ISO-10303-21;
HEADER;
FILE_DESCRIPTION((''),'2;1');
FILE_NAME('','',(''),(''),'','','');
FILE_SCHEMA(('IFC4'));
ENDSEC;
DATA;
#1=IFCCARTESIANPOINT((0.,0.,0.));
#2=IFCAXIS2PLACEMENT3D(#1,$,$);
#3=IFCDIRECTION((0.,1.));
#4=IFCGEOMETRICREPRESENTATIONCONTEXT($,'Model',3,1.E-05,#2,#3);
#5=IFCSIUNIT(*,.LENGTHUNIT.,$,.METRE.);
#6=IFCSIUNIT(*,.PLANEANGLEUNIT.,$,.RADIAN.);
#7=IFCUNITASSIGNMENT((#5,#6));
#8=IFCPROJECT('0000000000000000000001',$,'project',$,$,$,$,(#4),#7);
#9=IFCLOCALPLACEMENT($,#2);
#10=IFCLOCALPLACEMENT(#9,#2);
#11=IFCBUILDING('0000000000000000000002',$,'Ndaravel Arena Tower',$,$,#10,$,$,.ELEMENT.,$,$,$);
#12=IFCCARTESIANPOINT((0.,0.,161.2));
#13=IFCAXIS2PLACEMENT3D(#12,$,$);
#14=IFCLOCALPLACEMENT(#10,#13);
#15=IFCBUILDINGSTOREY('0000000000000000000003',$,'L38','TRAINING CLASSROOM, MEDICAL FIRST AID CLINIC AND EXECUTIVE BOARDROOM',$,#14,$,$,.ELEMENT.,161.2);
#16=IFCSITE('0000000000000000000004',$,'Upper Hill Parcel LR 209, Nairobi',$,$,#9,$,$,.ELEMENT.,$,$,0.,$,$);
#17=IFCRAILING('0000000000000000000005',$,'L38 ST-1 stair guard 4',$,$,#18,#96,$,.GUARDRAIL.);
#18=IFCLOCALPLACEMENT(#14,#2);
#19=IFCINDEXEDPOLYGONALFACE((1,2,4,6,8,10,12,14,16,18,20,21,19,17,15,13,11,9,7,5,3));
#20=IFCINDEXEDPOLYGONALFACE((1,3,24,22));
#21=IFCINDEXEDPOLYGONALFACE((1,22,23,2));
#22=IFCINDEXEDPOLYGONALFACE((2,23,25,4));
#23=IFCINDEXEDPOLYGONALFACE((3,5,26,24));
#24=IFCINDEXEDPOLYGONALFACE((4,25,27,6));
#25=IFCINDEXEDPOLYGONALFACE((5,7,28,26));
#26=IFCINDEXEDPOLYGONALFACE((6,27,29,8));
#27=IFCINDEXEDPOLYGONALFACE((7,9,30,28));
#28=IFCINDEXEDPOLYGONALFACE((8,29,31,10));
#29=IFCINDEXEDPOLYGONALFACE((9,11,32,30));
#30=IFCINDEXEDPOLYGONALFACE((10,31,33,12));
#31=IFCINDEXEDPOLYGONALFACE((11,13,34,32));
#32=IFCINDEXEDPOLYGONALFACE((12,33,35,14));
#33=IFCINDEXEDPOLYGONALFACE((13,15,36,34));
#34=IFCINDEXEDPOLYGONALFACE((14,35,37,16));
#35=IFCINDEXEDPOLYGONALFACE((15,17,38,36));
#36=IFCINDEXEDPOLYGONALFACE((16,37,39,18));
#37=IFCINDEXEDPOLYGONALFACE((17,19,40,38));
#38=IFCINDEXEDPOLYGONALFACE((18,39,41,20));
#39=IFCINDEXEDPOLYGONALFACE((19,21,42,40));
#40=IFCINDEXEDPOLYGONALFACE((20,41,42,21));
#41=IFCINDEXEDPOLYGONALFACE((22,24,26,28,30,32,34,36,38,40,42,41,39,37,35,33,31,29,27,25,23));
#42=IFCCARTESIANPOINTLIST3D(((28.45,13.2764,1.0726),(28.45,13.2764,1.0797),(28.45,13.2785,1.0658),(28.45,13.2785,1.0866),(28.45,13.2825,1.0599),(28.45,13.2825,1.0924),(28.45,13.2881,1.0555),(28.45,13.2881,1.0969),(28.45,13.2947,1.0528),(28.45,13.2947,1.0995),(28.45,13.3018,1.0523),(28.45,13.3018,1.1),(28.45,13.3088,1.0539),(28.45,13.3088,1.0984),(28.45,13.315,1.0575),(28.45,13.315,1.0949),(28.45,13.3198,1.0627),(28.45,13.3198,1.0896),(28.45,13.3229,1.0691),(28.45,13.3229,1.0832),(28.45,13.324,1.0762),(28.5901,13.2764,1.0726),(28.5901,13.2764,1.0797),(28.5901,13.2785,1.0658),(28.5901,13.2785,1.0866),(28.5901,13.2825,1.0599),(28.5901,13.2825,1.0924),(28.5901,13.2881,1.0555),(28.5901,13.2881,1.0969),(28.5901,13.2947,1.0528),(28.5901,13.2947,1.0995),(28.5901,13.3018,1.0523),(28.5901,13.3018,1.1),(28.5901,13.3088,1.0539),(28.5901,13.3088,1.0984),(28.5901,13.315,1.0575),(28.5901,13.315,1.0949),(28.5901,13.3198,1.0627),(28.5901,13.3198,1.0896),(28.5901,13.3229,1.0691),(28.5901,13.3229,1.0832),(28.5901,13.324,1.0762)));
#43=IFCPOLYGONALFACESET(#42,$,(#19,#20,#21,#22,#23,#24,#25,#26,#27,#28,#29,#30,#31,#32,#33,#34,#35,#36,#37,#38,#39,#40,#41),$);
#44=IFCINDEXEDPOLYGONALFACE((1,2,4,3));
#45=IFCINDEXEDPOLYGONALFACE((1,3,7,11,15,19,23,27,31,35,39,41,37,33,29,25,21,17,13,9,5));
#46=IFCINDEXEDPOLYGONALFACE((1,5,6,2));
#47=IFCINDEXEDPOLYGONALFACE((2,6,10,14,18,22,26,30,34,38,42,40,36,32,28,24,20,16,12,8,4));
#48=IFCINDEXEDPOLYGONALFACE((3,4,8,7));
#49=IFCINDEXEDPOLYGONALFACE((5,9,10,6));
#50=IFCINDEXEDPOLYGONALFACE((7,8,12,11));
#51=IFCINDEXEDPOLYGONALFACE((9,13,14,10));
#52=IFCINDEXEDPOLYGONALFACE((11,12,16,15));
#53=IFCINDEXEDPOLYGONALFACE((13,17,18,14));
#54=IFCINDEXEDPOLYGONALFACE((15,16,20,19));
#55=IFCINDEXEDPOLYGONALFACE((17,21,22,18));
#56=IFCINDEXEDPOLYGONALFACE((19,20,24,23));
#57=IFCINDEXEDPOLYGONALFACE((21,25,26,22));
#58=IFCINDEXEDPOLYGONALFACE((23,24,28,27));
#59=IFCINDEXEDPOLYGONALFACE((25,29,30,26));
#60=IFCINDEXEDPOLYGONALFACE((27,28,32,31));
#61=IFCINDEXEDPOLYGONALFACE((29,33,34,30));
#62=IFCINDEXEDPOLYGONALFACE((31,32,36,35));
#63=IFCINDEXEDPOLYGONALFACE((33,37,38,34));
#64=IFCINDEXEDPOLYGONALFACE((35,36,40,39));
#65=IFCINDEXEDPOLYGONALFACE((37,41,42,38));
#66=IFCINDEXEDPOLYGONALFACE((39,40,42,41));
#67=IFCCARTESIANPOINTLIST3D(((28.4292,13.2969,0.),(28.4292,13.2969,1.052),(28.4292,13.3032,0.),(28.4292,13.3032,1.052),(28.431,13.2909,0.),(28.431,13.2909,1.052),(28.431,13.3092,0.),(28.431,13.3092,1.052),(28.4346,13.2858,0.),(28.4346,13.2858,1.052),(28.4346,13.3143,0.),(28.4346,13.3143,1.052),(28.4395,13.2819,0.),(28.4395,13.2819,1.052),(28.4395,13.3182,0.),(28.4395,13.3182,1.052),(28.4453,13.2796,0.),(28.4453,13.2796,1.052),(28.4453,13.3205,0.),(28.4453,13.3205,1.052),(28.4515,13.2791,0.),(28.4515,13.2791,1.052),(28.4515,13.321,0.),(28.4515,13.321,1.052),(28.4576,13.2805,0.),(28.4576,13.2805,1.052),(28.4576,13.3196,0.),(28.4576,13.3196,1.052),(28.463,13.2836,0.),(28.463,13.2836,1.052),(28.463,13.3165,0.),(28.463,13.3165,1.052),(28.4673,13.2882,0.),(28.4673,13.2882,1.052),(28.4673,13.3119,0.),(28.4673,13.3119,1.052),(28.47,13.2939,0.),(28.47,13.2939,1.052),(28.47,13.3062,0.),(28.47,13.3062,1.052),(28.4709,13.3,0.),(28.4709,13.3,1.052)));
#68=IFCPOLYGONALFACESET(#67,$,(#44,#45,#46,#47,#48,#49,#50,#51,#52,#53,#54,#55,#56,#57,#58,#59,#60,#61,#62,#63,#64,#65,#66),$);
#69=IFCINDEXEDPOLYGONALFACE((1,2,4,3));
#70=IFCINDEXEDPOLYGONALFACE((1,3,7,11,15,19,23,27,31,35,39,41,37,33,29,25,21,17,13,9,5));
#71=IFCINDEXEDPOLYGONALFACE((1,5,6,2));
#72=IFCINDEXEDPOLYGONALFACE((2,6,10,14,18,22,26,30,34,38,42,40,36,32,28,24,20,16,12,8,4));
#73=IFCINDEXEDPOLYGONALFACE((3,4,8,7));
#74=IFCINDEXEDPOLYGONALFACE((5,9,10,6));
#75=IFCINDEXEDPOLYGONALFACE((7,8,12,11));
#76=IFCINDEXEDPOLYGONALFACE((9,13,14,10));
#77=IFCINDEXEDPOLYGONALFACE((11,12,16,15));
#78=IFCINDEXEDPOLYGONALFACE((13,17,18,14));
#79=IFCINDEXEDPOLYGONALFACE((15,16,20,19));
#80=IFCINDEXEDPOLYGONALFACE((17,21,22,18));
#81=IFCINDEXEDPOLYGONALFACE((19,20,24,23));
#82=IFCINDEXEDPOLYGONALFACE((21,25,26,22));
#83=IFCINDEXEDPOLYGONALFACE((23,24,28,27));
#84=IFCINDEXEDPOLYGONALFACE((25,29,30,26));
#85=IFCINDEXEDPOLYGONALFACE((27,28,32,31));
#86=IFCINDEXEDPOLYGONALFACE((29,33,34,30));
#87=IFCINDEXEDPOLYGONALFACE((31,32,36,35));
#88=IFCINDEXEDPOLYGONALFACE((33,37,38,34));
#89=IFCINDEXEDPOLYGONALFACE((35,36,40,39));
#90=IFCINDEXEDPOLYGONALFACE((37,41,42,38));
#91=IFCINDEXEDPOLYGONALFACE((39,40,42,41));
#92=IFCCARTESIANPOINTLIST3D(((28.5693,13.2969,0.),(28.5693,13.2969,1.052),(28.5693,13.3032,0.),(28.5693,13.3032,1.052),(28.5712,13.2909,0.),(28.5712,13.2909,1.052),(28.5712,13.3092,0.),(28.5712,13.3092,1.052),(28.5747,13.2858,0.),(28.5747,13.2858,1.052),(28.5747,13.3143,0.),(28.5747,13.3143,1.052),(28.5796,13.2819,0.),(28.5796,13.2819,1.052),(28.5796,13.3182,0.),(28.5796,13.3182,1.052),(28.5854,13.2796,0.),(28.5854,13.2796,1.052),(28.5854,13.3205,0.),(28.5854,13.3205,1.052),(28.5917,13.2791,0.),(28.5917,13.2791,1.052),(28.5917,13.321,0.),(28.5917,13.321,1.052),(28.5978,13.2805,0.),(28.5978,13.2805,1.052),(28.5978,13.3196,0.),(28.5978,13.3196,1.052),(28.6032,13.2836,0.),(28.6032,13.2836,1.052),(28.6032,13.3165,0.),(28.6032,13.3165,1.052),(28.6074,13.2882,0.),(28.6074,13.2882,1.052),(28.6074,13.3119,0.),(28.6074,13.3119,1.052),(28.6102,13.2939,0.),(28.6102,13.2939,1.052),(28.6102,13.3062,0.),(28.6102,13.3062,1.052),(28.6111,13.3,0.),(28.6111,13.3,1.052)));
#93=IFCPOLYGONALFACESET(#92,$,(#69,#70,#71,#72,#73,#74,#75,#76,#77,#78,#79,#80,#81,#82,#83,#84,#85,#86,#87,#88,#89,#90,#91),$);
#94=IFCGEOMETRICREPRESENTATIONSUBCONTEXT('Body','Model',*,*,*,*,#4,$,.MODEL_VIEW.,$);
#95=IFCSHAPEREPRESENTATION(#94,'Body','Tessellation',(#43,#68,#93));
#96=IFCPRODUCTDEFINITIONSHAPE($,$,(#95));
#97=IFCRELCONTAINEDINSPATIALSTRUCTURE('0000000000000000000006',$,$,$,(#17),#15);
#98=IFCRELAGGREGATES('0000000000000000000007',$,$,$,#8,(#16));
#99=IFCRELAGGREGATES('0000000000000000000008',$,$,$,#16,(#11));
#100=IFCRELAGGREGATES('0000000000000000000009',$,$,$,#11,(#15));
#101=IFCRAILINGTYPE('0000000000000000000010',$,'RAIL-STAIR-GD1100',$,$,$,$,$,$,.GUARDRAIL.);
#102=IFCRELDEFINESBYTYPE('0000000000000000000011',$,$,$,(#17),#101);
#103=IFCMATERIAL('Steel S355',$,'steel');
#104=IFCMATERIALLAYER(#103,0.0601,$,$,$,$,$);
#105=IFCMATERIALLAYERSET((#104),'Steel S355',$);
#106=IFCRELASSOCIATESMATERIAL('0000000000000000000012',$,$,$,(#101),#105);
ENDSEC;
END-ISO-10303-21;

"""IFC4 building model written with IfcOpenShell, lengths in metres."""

from ifc_helpers import new_model, si_unit, direction, frame, origin, origin_2d, place, context, subcontext, project, spatial, circle, extrude, material, layer, layer_set, type_object, element, save


model = new_model("IFC4")

# Units and contexts
model_context = context("Model", 3, precision=1e-05, world=origin(), true_north=direction((0.0, 1.0)))
body_context = subcontext(model_context, "Body", "Model", "MODEL_VIEW")
ifc_project = project(units=[si_unit("LENGTHUNIT", "METRE"), si_unit("PLANEANGLEUNIT", "RADIAN")], contexts=[model_context])

# Site, building, storey
site_placement = place(None, origin())
site = spatial("IfcSite", under=ifc_project, at=site_placement, Name="Upper Hill Parcel LR 209, Nairobi", CompositionType="ELEMENT", RefElevation=0.0)
building_placement = place(site_placement, origin())
building = spatial("IfcBuilding", under=site, at=building_placement, Name="Ndaravel Arena Tower", CompositionType="ELEMENT")
storey_placement = place(building_placement, frame((0.0, 0.0, 161.2)))
storey = spatial("IfcBuildingStorey", under=building, at=storey_placement, Name="L38", Description="TRAINING CLASSROOM, MEDICAL FIRST AID CLINIC AND EXECUTIVE BOARDROOM", CompositionType="ELEMENT", Elevation=161.2)

# Railing
ifc_material_1 = material(Name="Steel S355", Category="steel")
ifc_layer_1 = layer(ifc_material_1, 0.0601)
ifc_layer_set_1 = layer_set([ifc_layer_1], Name="Steel S355")
railing_type_1 = type_object("IfcRailingType", Name="RAIL-STAIR-GD1100", PredefinedType="GUARDRAIL", material=ifc_layer_set_1)
railing_1_placement = place(storey_placement, frame((28.45, 13.3, 0.0)))
element("IfcRailing", 1, at=railing_1_placement, inside=storey, type_object=railing_type_1, Name="L38 ST-1 stair guard 4", PredefinedType="GUARDRAIL", context=body_context, shape_type="SweptSolid", body=[
    extrude(circle(Radius=0.0239, at=origin_2d()), frame((0.0, 0.0, 1.0762), z_axis=(1.0, 0.0, 0.0), x_axis=(0.0, 1.0, 0.0)), (0.0, 0.0, 1.0), 0.1401),
    extrude(circle(Radius=0.021, at=origin_2d()), origin(), (0.0, 0.0, 1.0), 1.052),
    extrude(circle(Radius=0.021, at=origin_2d()), frame((0.1401, 0.0, 0.0)), (0.0, 0.0, 1.0), 1.052),
])

save(model, "model.ifc")
